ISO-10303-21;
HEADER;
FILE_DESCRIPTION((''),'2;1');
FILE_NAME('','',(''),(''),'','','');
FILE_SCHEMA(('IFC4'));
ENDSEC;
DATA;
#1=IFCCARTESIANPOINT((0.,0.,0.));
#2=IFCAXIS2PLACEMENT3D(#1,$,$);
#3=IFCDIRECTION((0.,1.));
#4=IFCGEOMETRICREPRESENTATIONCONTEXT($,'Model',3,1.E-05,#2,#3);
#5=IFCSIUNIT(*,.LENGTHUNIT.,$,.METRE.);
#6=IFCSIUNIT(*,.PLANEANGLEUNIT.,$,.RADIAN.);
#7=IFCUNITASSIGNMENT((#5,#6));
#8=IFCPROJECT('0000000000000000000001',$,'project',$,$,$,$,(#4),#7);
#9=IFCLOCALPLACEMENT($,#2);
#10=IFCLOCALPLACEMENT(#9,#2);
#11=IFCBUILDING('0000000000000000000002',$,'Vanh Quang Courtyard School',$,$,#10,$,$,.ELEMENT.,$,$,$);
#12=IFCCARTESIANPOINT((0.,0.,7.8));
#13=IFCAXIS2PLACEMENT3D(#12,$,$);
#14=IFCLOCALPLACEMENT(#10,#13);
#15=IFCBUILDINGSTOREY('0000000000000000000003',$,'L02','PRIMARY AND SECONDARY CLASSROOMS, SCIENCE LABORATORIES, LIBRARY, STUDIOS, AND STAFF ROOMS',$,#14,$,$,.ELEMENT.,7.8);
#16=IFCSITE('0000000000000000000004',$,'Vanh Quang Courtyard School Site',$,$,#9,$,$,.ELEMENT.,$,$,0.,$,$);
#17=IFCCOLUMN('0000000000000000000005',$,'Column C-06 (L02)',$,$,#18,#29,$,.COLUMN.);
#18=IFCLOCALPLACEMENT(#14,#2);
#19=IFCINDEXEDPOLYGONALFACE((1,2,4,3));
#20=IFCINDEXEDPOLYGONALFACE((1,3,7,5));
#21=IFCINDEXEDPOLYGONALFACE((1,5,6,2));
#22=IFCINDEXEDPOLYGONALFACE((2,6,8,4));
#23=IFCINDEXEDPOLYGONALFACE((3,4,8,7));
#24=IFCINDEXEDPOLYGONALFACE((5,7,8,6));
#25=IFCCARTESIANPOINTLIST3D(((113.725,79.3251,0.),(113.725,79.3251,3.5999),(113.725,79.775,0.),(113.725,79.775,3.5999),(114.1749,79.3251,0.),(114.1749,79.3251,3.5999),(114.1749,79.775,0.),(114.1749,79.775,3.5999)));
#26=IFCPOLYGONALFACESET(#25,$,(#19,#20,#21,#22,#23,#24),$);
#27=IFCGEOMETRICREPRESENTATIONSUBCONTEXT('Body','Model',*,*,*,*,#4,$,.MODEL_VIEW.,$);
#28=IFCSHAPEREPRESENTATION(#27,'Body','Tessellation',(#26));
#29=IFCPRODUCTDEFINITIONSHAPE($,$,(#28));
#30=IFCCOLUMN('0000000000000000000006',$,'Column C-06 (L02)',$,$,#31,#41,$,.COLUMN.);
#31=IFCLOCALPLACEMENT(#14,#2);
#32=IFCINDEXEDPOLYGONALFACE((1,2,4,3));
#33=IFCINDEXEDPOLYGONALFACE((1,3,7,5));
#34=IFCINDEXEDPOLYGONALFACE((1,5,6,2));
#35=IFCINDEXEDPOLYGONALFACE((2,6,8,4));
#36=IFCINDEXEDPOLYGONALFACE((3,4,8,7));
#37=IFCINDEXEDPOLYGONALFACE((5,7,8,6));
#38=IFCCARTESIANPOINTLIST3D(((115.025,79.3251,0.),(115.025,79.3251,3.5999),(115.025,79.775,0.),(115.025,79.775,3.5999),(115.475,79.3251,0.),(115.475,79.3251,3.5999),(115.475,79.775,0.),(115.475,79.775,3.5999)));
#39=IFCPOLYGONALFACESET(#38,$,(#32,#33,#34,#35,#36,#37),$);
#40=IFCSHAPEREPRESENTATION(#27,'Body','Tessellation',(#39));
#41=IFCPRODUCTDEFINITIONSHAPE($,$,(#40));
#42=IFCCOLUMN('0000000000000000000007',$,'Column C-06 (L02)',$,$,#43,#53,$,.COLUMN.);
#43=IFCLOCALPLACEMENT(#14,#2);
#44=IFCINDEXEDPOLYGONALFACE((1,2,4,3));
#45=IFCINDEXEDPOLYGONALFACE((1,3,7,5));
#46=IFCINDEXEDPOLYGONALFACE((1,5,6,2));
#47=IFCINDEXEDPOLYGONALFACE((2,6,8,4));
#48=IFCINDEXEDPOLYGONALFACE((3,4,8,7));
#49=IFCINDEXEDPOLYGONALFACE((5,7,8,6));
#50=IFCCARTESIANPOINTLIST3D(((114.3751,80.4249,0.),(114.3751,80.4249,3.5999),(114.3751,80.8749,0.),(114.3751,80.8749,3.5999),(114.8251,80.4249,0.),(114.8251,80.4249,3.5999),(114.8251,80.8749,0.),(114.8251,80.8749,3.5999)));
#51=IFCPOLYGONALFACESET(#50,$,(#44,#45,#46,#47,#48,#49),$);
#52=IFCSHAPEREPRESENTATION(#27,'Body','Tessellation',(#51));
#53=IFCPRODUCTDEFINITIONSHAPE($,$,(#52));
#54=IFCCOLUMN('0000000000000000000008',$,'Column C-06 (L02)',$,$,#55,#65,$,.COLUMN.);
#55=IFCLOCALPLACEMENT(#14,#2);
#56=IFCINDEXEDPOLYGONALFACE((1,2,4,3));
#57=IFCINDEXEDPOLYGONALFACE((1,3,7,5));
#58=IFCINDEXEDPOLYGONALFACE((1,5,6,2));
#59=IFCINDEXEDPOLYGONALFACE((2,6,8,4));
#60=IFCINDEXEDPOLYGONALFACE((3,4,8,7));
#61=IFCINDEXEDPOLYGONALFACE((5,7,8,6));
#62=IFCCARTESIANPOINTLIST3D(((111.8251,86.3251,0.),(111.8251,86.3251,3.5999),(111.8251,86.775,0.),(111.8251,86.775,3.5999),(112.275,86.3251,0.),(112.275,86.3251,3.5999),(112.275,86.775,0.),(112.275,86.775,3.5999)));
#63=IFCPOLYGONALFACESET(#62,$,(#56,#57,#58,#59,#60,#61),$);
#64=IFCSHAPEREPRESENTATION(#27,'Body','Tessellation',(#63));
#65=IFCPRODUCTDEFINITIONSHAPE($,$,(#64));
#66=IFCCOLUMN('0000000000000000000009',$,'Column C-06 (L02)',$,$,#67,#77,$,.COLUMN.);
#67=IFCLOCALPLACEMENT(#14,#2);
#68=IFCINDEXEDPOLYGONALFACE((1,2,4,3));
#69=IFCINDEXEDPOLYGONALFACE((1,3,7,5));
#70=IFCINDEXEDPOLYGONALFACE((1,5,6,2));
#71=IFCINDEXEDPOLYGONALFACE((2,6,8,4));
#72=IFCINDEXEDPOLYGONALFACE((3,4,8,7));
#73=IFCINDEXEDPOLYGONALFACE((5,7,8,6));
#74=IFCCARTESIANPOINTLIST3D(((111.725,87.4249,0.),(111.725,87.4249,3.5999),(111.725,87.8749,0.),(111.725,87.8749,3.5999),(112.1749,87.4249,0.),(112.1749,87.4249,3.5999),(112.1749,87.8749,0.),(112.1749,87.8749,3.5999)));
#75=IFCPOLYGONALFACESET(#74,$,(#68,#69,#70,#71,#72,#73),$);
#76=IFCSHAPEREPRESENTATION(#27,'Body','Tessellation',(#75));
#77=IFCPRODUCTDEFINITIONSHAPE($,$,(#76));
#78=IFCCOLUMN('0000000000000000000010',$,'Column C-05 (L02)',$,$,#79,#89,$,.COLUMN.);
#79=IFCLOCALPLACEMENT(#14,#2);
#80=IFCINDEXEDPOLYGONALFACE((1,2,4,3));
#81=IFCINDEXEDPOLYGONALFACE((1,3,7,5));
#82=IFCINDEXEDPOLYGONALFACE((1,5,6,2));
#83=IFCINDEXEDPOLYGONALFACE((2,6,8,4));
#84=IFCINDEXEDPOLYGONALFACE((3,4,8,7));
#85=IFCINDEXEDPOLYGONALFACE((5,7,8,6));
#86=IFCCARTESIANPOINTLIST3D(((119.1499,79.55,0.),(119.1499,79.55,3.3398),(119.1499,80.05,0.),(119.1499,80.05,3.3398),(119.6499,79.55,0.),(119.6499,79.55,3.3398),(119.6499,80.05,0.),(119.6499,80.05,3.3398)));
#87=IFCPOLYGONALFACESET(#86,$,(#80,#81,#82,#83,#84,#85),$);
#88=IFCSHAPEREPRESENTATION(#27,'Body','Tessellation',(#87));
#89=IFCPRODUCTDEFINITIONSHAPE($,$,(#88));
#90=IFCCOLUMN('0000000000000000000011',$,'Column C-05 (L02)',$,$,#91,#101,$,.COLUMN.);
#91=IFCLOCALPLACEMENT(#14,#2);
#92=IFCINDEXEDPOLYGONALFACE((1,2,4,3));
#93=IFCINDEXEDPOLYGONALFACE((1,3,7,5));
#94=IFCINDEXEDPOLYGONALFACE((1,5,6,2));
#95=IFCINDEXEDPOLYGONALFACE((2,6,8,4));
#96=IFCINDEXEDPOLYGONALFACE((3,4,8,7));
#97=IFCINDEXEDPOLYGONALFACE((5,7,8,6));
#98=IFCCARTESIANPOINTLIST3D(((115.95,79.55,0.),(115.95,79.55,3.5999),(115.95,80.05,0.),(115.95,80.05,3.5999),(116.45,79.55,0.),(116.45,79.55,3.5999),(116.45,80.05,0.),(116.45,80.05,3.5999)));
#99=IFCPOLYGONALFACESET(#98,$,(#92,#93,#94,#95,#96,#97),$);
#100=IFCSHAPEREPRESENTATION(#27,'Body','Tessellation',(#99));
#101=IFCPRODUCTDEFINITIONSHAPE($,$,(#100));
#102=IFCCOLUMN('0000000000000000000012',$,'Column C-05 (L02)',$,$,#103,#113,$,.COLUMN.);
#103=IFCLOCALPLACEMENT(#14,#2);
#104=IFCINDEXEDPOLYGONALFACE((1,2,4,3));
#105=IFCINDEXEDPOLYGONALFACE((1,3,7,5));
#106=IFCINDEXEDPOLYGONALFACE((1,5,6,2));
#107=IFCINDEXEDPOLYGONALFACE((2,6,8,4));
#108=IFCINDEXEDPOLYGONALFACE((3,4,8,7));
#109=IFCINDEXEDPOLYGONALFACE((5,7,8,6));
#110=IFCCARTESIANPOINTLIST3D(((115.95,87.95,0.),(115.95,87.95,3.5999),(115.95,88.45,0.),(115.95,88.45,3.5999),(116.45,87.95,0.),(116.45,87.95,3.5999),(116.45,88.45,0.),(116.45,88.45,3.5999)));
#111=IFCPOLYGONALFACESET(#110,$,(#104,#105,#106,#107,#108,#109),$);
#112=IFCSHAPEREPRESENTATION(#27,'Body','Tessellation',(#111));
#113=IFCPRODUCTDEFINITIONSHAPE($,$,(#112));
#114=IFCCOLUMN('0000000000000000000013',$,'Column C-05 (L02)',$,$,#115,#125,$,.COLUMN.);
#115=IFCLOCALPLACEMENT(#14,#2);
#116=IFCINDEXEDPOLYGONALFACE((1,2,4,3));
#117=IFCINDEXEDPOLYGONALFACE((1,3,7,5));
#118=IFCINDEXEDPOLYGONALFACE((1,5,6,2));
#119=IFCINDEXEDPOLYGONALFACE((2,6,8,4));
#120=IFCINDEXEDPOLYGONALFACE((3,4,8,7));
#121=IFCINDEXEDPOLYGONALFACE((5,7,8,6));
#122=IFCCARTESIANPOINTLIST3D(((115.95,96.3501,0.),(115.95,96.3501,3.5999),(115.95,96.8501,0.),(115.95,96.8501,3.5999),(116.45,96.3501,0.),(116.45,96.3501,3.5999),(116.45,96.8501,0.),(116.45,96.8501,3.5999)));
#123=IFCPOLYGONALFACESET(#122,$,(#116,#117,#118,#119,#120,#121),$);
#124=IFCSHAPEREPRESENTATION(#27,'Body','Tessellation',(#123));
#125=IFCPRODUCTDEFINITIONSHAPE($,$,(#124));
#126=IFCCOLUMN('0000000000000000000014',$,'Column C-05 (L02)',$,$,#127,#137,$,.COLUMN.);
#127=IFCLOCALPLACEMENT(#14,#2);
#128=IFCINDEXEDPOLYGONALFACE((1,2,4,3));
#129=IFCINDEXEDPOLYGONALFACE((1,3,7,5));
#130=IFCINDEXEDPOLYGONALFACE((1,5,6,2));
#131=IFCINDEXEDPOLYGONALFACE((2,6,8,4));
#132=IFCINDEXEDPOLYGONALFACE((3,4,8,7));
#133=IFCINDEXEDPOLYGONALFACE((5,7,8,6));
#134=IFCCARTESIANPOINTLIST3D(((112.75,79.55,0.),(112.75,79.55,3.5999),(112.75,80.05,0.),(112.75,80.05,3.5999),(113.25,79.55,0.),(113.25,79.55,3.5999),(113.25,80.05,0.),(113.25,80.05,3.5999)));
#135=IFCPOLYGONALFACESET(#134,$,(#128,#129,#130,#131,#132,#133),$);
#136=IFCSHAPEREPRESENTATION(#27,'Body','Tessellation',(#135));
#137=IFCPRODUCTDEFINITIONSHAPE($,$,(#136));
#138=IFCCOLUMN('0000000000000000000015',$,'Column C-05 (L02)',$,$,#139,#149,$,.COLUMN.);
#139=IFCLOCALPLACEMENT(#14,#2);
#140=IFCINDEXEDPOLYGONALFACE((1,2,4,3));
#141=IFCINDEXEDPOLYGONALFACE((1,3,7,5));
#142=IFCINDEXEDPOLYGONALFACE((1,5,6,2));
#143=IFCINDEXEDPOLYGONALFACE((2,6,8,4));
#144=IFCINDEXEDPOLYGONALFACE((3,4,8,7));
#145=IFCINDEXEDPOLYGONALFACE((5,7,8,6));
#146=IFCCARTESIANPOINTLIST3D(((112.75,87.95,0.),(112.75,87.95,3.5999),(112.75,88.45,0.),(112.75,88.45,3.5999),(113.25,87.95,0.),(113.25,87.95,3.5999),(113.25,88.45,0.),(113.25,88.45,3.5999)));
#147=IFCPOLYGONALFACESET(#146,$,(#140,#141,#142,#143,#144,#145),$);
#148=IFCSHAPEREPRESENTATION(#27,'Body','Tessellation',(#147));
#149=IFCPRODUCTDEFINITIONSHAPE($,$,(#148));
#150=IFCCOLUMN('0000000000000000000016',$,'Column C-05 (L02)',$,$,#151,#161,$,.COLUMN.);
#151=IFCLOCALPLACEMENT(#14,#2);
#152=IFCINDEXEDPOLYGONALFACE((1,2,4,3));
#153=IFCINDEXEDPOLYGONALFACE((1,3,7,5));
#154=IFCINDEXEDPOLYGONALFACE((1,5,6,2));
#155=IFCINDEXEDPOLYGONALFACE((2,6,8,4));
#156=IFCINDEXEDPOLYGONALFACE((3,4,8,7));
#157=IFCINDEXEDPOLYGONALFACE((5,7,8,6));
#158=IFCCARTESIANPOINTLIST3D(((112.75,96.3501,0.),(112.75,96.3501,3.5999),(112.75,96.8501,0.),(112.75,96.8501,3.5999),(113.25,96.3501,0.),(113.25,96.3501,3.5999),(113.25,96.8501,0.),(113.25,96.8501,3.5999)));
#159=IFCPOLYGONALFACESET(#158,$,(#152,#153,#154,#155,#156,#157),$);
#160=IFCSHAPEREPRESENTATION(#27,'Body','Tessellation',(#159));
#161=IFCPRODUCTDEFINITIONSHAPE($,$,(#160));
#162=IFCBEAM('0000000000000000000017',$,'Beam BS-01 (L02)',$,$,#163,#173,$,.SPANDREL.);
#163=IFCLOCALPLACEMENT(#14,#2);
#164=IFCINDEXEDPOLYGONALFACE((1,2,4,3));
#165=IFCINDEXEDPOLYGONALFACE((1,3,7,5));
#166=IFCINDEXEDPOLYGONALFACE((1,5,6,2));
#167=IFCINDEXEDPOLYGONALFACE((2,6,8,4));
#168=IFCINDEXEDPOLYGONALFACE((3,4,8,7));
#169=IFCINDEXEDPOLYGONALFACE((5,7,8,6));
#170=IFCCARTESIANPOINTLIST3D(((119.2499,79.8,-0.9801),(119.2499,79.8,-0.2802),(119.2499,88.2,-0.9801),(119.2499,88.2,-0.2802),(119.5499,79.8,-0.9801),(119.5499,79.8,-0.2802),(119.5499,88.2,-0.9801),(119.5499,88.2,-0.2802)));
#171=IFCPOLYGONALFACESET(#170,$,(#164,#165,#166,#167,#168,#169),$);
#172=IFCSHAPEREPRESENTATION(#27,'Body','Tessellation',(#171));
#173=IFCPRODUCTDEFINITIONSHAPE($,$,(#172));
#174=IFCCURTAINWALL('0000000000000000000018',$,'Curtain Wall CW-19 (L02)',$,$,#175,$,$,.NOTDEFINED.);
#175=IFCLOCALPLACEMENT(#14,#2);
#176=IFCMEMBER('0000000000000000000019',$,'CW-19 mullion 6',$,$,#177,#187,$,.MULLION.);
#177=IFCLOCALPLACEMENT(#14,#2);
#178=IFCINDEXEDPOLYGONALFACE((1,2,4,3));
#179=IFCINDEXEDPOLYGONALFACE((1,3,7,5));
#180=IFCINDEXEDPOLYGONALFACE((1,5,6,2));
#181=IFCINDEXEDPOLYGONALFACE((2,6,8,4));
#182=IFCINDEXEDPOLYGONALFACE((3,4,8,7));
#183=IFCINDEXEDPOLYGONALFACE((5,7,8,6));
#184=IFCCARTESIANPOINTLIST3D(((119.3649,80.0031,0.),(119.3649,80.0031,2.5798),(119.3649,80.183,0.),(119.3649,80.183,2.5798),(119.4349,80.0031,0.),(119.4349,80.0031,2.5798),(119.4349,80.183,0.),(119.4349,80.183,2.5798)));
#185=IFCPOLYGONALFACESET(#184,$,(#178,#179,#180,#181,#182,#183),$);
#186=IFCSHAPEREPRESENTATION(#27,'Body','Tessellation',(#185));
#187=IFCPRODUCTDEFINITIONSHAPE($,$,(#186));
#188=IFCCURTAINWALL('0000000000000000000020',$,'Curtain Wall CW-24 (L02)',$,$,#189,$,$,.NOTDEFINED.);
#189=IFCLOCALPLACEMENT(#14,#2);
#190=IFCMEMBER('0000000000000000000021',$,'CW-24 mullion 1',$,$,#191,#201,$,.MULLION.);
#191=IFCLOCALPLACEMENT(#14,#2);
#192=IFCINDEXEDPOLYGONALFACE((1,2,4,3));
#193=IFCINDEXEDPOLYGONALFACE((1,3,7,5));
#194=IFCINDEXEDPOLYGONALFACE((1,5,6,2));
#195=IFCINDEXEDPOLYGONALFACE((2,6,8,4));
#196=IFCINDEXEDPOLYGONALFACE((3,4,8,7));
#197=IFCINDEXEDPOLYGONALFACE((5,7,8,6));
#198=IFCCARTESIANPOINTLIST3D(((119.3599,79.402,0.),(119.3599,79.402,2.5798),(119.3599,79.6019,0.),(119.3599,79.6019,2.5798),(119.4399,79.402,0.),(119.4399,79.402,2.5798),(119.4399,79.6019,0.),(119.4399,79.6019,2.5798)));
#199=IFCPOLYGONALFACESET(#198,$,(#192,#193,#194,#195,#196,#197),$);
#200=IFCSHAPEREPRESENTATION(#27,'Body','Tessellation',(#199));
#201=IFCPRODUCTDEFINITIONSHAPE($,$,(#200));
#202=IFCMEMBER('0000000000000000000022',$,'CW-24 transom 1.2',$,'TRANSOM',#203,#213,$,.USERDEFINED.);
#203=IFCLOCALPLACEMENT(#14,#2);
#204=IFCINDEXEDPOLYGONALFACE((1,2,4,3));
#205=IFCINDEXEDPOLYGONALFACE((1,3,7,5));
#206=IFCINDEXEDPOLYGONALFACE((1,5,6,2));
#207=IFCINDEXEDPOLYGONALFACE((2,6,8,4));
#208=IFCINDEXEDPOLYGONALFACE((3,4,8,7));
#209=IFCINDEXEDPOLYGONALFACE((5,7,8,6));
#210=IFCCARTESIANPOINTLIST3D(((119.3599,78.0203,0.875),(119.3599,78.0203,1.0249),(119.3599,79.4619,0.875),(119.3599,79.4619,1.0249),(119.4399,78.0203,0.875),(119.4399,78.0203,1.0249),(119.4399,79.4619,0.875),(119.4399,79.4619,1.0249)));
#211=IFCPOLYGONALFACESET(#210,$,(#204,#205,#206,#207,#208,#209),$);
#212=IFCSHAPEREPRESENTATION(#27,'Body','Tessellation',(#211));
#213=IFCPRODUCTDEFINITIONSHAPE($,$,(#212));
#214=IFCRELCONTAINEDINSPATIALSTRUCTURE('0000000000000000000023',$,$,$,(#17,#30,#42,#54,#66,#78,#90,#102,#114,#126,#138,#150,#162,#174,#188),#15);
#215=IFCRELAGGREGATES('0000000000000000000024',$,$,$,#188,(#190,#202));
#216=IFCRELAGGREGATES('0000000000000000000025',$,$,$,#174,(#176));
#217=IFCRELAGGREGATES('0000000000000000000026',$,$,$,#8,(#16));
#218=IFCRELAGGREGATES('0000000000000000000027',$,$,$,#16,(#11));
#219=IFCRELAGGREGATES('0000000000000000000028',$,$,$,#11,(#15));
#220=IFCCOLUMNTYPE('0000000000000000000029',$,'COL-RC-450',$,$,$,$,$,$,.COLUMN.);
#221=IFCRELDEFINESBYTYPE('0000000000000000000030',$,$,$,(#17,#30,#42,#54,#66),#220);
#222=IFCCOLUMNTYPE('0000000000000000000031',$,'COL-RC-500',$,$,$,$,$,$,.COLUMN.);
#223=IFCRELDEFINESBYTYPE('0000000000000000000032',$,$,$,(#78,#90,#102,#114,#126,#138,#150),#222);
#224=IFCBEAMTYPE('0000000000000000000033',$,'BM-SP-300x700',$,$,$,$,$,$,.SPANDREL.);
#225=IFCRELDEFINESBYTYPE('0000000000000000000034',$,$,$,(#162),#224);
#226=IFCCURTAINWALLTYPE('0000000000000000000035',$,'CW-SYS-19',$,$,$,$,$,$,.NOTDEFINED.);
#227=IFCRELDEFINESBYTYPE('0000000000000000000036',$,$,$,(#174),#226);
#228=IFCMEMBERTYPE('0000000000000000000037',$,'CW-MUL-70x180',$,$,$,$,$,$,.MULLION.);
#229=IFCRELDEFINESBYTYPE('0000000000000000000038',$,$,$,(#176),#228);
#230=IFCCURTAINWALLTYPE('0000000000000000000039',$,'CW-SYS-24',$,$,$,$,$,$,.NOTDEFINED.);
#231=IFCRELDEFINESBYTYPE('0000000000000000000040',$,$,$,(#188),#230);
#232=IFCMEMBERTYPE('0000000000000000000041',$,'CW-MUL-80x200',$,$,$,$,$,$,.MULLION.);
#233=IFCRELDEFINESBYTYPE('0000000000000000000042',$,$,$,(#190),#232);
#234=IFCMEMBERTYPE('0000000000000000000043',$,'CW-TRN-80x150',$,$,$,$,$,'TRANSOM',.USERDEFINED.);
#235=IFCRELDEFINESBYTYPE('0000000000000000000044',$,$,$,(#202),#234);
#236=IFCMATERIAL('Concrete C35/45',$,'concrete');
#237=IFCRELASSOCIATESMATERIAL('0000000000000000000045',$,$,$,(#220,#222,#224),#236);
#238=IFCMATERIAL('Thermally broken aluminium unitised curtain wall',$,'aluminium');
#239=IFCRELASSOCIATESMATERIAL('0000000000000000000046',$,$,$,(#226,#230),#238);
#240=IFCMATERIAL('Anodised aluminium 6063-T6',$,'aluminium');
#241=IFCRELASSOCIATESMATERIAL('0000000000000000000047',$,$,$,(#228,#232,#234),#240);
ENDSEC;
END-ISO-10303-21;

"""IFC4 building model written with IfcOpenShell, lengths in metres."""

from ifc_helpers import new_model, si_unit, direction, frame, origin, origin_2d, place, context, subcontext, project, spatial, rectangle, extrude, material, material_profile, profile_set, type_object, element, aggregate, save


model = new_model("IFC4")

# Units and contexts
model_context = context("Model", 3, precision=1e-05, world=origin(), true_north=direction((0.0, 1.0)))
body_context = subcontext(model_context, "Body", "Model", "MODEL_VIEW")
ifc_project = project(units=[si_unit("LENGTHUNIT", "METRE"), si_unit("PLANEANGLEUNIT", "RADIAN")], contexts=[model_context])

# Site, building, storey
site_placement = place(None, origin())
site = spatial("IfcSite", under=ifc_project, at=site_placement, Name="Vanh Quang Courtyard School Site", CompositionType="ELEMENT", RefElevation=0.0)
building_placement = place(site_placement, origin())
building = spatial("IfcBuilding", under=site, at=building_placement, Name="Vanh Quang Courtyard School", CompositionType="ELEMENT")
storey_placement = place(building_placement, frame((0.0, 0.0, 7.8)))
storey = spatial("IfcBuildingStorey", under=building, at=storey_placement, Name="L02", Description="PRIMARY AND SECONDARY CLASSROOMS, SCIENCE LABORATORIES, LIBRARY, STUDIOS, AND STAFF ROOMS", CompositionType="ELEMENT", Elevation=7.8)

# Columns
ifc_material_1 = material(Name="Concrete C35/45", Category="concrete")
ifc_material_profile_1 = material_profile(ifc_material_1, rectangle(XDim=0.45, YDim=0.45, at=origin_2d()), Name="RC-COL 450x450")
ifc_profile_set_1 = profile_set([ifc_material_profile_1], Name="Concrete C35/45")
column_type_1 = type_object("IfcColumnType", Name="COL-RC-450", PredefinedType="COLUMN", material=ifc_profile_set_1)
for number, where, z_axis, x_axis, name in (
    (1, (113.95, 79.55, 0.0), (0.0, 0.0, 1.0), (1.0, 0.0, 0.0), "Column C-06 (L02)"),
    (2, (115.25, 79.55, 0.0), (0.0, 0.0, 1.0), (1.0, 0.0, 0.0), "Column C-06 (L02)"),
    (3, (114.6001, 80.6499, 0.0), (0.0, 0.0, 1.0), (1.0, 0.0, 0.0), "Column C-06 (L02)"),
    (4, (112.05, 86.55, 0.0), (0.0, 0.0, 1.0), (1.0, 0.0, 0.0), "Column C-06 (L02)"),
    (5, (111.95, 87.6499, 0.0), (0.0, 0.0, 1.0), (1.0, 0.0, 0.0), "Column C-06 (L02)"),
):
    element("IfcColumn", number, at=place(storey_placement, frame(where, z_axis=z_axis, x_axis=x_axis)), inside=storey, type_object=column_type_1, Name=name, PredefinedType="COLUMN", context=body_context, shape_type="SweptSolid", body=[
        extrude(rectangle(XDim=0.45, YDim=0.45, at=origin_2d()), origin(), (0.0, 0.0, 1.0), 3.5999),
    ])
ifc_material_profile_2 = material_profile(ifc_material_1, rectangle(XDim=0.5, YDim=0.5, at=origin_2d()), Name="RC-COL 500x500")
ifc_profile_set_2 = profile_set([ifc_material_profile_2], Name="Concrete C35/45")
column_type_2 = type_object("IfcColumnType", Name="COL-RC-500", PredefinedType="COLUMN", material=ifc_profile_set_2)
column_placement = place(storey_placement, frame((119.3999, 79.8, 0.0), z_axis=(0.0, 0.0, 1.0), x_axis=(1.0, 0.0, 0.0)))
element("IfcColumn", 6, at=column_placement, inside=storey, type_object=column_type_2, Name="Column C-05 (L02)", PredefinedType="COLUMN", context=body_context, shape_type="SweptSolid", body=[
    extrude(rectangle(XDim=0.5, YDim=0.5, at=origin_2d()), origin(), (0.0, 0.0, 1.0), 3.3398),
])
for number, where, z_axis, x_axis, name in (
    (7, (116.2, 79.8, 0.0), (0.0, 0.0, 1.0), (1.0, 0.0, 0.0), "Column C-05 (L02)"),
    (8, (116.2, 88.2, 0.0), (0.0, 0.0, 1.0), (1.0, 0.0, 0.0), "Column C-05 (L02)"),
    (9, (116.2, 96.6001, 0.0), (0.0, 0.0, 1.0), (1.0, 0.0, 0.0), "Column C-05 (L02)"),
    (10, (113.0, 79.8, 0.0), (0.0, 0.0, 1.0), (1.0, 0.0, 0.0), "Column C-05 (L02)"),
    (11, (113.0, 88.2, 0.0), (0.0, 0.0, 1.0), (1.0, 0.0, 0.0), "Column C-05 (L02)"),
    (12, (113.0, 96.6001, 0.0), (0.0, 0.0, 1.0), (1.0, 0.0, 0.0), "Column C-05 (L02)"),
):
    element("IfcColumn", number, at=place(storey_placement, frame(where, z_axis=z_axis, x_axis=x_axis)), inside=storey, type_object=column_type_2, Name=name, PredefinedType="COLUMN", context=body_context, shape_type="SweptSolid", body=[
        extrude(rectangle(XDim=0.5, YDim=0.5, at=origin_2d()), origin(), (0.0, 0.0, 1.0), 3.5999),
    ])

# Beam
ifc_material_profile_3 = material_profile(ifc_material_1, rectangle(XDim=0.3, YDim=0.7, at=origin_2d()), Name="RC-SP 300x700")
ifc_profile_set_3 = profile_set([ifc_material_profile_3], Name="Concrete C35/45")
beam_type = type_object("IfcBeamType", Name="BM-SP-300x700", PredefinedType="SPANDREL", material=ifc_profile_set_3)
beam_placement = place(storey_placement, frame((119.3999, 79.8, -0.6301), z_axis=(0.0, 1.0, 0.0), x_axis=(-1.0, 0.0, 0.0)))
element("IfcBeam", 13, at=beam_placement, inside=storey, type_object=beam_type, Name="Beam BS-01 (L02)", PredefinedType="SPANDREL", context=body_context, shape_type="SweptSolid", body=[
    extrude(rectangle(XDim=0.3, YDim=0.7, at=origin_2d()), origin(), (0.0, 0.0, 1.0), 8.3999),
])

# Curtain wall, member
ifc_material_2 = material(Name="Thermally broken aluminium unitised curtain wall", Category="aluminium")
curtain_wall_type_1 = type_object("IfcCurtainWallType", Name="CW-SYS-19", PredefinedType="NOTDEFINED", material=ifc_material_2)
curtain_wall_1_placement = place(storey_placement, origin())
curtain_wall_1 = element("IfcCurtainWall", 14, at=curtain_wall_1_placement, inside=storey, type_object=curtain_wall_type_1, Name="Curtain Wall CW-19 (L02)", PredefinedType="NOTDEFINED")
ifc_material_3 = material(Name="Anodised aluminium 6063-T6", Category="aluminium")
ifc_material_profile_4 = material_profile(ifc_material_3, rectangle(XDim=0.0701, YDim=0.1799, at=origin_2d()), Name="ALU-MUL 70x180")
ifc_profile_set_4 = profile_set([ifc_material_profile_4], Name="Anodised aluminium 6063-T6")
member_type_1 = type_object("IfcMemberType", Name="CW-MUL-70x180", PredefinedType="MULLION", material=ifc_profile_set_4)
member_1_placement = place(storey_placement, frame((119.3999, 80.093, 0.0), z_axis=(0.0, 0.0, 1.0), x_axis=(1.0, 0.0, 0.0)))
member_1 = element("IfcMember", 15, at=member_1_placement, type_object=member_type_1, Name="CW-19 mullion 6", PredefinedType="MULLION", context=body_context, shape_type="SweptSolid", body=[
    extrude(rectangle(XDim=0.0701, YDim=0.1799, at=origin_2d()), origin(), (0.0, 0.0, 1.0), 2.5798),
])

# Curtain wall, members
curtain_wall_type_2 = type_object("IfcCurtainWallType", Name="CW-SYS-24", PredefinedType="NOTDEFINED", material=ifc_material_2)
curtain_wall_2_placement = place(storey_placement, origin())
curtain_wall_2 = element("IfcCurtainWall", 16, at=curtain_wall_2_placement, inside=storey, type_object=curtain_wall_type_2, Name="Curtain Wall CW-24 (L02)", PredefinedType="NOTDEFINED")
ifc_material_profile_5 = material_profile(ifc_material_3, rectangle(XDim=0.0801, YDim=0.2, at=origin_2d()), Name="ALU-MUL 80x200")
ifc_profile_set_5 = profile_set([ifc_material_profile_5], Name="Anodised aluminium 6063-T6")
member_type_2 = type_object("IfcMemberType", Name="CW-MUL-80x200", PredefinedType="MULLION", material=ifc_profile_set_5)
member_2_placement = place(storey_placement, frame((119.3999, 79.502, 0.0), z_axis=(0.0, 0.0, 1.0), x_axis=(1.0, 0.0, 0.0)))
member_2 = element("IfcMember", 17, at=member_2_placement, type_object=member_type_2, Name="CW-24 mullion 1", PredefinedType="MULLION", context=body_context, shape_type="SweptSolid", body=[
    extrude(rectangle(XDim=0.0801, YDim=0.2, at=origin_2d()), origin(), (0.0, 0.0, 1.0), 2.5798),
])
ifc_material_profile_6 = material_profile(ifc_material_3, rectangle(XDim=0.0801, YDim=0.1499, at=origin_2d()), Name="ALU-TRN 80x150")
ifc_profile_set_6 = profile_set([ifc_material_profile_6], Name="Anodised aluminium 6063-T6")
member_type_3 = type_object("IfcMemberType", Name="CW-TRN-80x150", ElementType="TRANSOM", PredefinedType="USERDEFINED", material=ifc_profile_set_6)
member_3_placement = place(storey_placement, frame((119.3999, 79.4619, 0.95), z_axis=(0.0, -1.0, 0.0), x_axis=(1.0, 0.0, 0.0)))
member_3 = element("IfcMember", 18, at=member_3_placement, type_object=member_type_3, Name="CW-24 transom 1.2", ObjectType="TRANSOM", PredefinedType="USERDEFINED", context=body_context, shape_type="SweptSolid", body=[
    extrude(rectangle(XDim=0.0801, YDim=0.1499, at=origin_2d()), origin(), (0.0, 0.0, 1.0), 1.4417),
])
aggregate(curtain_wall_2, [member_2, member_3])

aggregate(curtain_wall_1, [member_1])

save(model, "model.ifc")
